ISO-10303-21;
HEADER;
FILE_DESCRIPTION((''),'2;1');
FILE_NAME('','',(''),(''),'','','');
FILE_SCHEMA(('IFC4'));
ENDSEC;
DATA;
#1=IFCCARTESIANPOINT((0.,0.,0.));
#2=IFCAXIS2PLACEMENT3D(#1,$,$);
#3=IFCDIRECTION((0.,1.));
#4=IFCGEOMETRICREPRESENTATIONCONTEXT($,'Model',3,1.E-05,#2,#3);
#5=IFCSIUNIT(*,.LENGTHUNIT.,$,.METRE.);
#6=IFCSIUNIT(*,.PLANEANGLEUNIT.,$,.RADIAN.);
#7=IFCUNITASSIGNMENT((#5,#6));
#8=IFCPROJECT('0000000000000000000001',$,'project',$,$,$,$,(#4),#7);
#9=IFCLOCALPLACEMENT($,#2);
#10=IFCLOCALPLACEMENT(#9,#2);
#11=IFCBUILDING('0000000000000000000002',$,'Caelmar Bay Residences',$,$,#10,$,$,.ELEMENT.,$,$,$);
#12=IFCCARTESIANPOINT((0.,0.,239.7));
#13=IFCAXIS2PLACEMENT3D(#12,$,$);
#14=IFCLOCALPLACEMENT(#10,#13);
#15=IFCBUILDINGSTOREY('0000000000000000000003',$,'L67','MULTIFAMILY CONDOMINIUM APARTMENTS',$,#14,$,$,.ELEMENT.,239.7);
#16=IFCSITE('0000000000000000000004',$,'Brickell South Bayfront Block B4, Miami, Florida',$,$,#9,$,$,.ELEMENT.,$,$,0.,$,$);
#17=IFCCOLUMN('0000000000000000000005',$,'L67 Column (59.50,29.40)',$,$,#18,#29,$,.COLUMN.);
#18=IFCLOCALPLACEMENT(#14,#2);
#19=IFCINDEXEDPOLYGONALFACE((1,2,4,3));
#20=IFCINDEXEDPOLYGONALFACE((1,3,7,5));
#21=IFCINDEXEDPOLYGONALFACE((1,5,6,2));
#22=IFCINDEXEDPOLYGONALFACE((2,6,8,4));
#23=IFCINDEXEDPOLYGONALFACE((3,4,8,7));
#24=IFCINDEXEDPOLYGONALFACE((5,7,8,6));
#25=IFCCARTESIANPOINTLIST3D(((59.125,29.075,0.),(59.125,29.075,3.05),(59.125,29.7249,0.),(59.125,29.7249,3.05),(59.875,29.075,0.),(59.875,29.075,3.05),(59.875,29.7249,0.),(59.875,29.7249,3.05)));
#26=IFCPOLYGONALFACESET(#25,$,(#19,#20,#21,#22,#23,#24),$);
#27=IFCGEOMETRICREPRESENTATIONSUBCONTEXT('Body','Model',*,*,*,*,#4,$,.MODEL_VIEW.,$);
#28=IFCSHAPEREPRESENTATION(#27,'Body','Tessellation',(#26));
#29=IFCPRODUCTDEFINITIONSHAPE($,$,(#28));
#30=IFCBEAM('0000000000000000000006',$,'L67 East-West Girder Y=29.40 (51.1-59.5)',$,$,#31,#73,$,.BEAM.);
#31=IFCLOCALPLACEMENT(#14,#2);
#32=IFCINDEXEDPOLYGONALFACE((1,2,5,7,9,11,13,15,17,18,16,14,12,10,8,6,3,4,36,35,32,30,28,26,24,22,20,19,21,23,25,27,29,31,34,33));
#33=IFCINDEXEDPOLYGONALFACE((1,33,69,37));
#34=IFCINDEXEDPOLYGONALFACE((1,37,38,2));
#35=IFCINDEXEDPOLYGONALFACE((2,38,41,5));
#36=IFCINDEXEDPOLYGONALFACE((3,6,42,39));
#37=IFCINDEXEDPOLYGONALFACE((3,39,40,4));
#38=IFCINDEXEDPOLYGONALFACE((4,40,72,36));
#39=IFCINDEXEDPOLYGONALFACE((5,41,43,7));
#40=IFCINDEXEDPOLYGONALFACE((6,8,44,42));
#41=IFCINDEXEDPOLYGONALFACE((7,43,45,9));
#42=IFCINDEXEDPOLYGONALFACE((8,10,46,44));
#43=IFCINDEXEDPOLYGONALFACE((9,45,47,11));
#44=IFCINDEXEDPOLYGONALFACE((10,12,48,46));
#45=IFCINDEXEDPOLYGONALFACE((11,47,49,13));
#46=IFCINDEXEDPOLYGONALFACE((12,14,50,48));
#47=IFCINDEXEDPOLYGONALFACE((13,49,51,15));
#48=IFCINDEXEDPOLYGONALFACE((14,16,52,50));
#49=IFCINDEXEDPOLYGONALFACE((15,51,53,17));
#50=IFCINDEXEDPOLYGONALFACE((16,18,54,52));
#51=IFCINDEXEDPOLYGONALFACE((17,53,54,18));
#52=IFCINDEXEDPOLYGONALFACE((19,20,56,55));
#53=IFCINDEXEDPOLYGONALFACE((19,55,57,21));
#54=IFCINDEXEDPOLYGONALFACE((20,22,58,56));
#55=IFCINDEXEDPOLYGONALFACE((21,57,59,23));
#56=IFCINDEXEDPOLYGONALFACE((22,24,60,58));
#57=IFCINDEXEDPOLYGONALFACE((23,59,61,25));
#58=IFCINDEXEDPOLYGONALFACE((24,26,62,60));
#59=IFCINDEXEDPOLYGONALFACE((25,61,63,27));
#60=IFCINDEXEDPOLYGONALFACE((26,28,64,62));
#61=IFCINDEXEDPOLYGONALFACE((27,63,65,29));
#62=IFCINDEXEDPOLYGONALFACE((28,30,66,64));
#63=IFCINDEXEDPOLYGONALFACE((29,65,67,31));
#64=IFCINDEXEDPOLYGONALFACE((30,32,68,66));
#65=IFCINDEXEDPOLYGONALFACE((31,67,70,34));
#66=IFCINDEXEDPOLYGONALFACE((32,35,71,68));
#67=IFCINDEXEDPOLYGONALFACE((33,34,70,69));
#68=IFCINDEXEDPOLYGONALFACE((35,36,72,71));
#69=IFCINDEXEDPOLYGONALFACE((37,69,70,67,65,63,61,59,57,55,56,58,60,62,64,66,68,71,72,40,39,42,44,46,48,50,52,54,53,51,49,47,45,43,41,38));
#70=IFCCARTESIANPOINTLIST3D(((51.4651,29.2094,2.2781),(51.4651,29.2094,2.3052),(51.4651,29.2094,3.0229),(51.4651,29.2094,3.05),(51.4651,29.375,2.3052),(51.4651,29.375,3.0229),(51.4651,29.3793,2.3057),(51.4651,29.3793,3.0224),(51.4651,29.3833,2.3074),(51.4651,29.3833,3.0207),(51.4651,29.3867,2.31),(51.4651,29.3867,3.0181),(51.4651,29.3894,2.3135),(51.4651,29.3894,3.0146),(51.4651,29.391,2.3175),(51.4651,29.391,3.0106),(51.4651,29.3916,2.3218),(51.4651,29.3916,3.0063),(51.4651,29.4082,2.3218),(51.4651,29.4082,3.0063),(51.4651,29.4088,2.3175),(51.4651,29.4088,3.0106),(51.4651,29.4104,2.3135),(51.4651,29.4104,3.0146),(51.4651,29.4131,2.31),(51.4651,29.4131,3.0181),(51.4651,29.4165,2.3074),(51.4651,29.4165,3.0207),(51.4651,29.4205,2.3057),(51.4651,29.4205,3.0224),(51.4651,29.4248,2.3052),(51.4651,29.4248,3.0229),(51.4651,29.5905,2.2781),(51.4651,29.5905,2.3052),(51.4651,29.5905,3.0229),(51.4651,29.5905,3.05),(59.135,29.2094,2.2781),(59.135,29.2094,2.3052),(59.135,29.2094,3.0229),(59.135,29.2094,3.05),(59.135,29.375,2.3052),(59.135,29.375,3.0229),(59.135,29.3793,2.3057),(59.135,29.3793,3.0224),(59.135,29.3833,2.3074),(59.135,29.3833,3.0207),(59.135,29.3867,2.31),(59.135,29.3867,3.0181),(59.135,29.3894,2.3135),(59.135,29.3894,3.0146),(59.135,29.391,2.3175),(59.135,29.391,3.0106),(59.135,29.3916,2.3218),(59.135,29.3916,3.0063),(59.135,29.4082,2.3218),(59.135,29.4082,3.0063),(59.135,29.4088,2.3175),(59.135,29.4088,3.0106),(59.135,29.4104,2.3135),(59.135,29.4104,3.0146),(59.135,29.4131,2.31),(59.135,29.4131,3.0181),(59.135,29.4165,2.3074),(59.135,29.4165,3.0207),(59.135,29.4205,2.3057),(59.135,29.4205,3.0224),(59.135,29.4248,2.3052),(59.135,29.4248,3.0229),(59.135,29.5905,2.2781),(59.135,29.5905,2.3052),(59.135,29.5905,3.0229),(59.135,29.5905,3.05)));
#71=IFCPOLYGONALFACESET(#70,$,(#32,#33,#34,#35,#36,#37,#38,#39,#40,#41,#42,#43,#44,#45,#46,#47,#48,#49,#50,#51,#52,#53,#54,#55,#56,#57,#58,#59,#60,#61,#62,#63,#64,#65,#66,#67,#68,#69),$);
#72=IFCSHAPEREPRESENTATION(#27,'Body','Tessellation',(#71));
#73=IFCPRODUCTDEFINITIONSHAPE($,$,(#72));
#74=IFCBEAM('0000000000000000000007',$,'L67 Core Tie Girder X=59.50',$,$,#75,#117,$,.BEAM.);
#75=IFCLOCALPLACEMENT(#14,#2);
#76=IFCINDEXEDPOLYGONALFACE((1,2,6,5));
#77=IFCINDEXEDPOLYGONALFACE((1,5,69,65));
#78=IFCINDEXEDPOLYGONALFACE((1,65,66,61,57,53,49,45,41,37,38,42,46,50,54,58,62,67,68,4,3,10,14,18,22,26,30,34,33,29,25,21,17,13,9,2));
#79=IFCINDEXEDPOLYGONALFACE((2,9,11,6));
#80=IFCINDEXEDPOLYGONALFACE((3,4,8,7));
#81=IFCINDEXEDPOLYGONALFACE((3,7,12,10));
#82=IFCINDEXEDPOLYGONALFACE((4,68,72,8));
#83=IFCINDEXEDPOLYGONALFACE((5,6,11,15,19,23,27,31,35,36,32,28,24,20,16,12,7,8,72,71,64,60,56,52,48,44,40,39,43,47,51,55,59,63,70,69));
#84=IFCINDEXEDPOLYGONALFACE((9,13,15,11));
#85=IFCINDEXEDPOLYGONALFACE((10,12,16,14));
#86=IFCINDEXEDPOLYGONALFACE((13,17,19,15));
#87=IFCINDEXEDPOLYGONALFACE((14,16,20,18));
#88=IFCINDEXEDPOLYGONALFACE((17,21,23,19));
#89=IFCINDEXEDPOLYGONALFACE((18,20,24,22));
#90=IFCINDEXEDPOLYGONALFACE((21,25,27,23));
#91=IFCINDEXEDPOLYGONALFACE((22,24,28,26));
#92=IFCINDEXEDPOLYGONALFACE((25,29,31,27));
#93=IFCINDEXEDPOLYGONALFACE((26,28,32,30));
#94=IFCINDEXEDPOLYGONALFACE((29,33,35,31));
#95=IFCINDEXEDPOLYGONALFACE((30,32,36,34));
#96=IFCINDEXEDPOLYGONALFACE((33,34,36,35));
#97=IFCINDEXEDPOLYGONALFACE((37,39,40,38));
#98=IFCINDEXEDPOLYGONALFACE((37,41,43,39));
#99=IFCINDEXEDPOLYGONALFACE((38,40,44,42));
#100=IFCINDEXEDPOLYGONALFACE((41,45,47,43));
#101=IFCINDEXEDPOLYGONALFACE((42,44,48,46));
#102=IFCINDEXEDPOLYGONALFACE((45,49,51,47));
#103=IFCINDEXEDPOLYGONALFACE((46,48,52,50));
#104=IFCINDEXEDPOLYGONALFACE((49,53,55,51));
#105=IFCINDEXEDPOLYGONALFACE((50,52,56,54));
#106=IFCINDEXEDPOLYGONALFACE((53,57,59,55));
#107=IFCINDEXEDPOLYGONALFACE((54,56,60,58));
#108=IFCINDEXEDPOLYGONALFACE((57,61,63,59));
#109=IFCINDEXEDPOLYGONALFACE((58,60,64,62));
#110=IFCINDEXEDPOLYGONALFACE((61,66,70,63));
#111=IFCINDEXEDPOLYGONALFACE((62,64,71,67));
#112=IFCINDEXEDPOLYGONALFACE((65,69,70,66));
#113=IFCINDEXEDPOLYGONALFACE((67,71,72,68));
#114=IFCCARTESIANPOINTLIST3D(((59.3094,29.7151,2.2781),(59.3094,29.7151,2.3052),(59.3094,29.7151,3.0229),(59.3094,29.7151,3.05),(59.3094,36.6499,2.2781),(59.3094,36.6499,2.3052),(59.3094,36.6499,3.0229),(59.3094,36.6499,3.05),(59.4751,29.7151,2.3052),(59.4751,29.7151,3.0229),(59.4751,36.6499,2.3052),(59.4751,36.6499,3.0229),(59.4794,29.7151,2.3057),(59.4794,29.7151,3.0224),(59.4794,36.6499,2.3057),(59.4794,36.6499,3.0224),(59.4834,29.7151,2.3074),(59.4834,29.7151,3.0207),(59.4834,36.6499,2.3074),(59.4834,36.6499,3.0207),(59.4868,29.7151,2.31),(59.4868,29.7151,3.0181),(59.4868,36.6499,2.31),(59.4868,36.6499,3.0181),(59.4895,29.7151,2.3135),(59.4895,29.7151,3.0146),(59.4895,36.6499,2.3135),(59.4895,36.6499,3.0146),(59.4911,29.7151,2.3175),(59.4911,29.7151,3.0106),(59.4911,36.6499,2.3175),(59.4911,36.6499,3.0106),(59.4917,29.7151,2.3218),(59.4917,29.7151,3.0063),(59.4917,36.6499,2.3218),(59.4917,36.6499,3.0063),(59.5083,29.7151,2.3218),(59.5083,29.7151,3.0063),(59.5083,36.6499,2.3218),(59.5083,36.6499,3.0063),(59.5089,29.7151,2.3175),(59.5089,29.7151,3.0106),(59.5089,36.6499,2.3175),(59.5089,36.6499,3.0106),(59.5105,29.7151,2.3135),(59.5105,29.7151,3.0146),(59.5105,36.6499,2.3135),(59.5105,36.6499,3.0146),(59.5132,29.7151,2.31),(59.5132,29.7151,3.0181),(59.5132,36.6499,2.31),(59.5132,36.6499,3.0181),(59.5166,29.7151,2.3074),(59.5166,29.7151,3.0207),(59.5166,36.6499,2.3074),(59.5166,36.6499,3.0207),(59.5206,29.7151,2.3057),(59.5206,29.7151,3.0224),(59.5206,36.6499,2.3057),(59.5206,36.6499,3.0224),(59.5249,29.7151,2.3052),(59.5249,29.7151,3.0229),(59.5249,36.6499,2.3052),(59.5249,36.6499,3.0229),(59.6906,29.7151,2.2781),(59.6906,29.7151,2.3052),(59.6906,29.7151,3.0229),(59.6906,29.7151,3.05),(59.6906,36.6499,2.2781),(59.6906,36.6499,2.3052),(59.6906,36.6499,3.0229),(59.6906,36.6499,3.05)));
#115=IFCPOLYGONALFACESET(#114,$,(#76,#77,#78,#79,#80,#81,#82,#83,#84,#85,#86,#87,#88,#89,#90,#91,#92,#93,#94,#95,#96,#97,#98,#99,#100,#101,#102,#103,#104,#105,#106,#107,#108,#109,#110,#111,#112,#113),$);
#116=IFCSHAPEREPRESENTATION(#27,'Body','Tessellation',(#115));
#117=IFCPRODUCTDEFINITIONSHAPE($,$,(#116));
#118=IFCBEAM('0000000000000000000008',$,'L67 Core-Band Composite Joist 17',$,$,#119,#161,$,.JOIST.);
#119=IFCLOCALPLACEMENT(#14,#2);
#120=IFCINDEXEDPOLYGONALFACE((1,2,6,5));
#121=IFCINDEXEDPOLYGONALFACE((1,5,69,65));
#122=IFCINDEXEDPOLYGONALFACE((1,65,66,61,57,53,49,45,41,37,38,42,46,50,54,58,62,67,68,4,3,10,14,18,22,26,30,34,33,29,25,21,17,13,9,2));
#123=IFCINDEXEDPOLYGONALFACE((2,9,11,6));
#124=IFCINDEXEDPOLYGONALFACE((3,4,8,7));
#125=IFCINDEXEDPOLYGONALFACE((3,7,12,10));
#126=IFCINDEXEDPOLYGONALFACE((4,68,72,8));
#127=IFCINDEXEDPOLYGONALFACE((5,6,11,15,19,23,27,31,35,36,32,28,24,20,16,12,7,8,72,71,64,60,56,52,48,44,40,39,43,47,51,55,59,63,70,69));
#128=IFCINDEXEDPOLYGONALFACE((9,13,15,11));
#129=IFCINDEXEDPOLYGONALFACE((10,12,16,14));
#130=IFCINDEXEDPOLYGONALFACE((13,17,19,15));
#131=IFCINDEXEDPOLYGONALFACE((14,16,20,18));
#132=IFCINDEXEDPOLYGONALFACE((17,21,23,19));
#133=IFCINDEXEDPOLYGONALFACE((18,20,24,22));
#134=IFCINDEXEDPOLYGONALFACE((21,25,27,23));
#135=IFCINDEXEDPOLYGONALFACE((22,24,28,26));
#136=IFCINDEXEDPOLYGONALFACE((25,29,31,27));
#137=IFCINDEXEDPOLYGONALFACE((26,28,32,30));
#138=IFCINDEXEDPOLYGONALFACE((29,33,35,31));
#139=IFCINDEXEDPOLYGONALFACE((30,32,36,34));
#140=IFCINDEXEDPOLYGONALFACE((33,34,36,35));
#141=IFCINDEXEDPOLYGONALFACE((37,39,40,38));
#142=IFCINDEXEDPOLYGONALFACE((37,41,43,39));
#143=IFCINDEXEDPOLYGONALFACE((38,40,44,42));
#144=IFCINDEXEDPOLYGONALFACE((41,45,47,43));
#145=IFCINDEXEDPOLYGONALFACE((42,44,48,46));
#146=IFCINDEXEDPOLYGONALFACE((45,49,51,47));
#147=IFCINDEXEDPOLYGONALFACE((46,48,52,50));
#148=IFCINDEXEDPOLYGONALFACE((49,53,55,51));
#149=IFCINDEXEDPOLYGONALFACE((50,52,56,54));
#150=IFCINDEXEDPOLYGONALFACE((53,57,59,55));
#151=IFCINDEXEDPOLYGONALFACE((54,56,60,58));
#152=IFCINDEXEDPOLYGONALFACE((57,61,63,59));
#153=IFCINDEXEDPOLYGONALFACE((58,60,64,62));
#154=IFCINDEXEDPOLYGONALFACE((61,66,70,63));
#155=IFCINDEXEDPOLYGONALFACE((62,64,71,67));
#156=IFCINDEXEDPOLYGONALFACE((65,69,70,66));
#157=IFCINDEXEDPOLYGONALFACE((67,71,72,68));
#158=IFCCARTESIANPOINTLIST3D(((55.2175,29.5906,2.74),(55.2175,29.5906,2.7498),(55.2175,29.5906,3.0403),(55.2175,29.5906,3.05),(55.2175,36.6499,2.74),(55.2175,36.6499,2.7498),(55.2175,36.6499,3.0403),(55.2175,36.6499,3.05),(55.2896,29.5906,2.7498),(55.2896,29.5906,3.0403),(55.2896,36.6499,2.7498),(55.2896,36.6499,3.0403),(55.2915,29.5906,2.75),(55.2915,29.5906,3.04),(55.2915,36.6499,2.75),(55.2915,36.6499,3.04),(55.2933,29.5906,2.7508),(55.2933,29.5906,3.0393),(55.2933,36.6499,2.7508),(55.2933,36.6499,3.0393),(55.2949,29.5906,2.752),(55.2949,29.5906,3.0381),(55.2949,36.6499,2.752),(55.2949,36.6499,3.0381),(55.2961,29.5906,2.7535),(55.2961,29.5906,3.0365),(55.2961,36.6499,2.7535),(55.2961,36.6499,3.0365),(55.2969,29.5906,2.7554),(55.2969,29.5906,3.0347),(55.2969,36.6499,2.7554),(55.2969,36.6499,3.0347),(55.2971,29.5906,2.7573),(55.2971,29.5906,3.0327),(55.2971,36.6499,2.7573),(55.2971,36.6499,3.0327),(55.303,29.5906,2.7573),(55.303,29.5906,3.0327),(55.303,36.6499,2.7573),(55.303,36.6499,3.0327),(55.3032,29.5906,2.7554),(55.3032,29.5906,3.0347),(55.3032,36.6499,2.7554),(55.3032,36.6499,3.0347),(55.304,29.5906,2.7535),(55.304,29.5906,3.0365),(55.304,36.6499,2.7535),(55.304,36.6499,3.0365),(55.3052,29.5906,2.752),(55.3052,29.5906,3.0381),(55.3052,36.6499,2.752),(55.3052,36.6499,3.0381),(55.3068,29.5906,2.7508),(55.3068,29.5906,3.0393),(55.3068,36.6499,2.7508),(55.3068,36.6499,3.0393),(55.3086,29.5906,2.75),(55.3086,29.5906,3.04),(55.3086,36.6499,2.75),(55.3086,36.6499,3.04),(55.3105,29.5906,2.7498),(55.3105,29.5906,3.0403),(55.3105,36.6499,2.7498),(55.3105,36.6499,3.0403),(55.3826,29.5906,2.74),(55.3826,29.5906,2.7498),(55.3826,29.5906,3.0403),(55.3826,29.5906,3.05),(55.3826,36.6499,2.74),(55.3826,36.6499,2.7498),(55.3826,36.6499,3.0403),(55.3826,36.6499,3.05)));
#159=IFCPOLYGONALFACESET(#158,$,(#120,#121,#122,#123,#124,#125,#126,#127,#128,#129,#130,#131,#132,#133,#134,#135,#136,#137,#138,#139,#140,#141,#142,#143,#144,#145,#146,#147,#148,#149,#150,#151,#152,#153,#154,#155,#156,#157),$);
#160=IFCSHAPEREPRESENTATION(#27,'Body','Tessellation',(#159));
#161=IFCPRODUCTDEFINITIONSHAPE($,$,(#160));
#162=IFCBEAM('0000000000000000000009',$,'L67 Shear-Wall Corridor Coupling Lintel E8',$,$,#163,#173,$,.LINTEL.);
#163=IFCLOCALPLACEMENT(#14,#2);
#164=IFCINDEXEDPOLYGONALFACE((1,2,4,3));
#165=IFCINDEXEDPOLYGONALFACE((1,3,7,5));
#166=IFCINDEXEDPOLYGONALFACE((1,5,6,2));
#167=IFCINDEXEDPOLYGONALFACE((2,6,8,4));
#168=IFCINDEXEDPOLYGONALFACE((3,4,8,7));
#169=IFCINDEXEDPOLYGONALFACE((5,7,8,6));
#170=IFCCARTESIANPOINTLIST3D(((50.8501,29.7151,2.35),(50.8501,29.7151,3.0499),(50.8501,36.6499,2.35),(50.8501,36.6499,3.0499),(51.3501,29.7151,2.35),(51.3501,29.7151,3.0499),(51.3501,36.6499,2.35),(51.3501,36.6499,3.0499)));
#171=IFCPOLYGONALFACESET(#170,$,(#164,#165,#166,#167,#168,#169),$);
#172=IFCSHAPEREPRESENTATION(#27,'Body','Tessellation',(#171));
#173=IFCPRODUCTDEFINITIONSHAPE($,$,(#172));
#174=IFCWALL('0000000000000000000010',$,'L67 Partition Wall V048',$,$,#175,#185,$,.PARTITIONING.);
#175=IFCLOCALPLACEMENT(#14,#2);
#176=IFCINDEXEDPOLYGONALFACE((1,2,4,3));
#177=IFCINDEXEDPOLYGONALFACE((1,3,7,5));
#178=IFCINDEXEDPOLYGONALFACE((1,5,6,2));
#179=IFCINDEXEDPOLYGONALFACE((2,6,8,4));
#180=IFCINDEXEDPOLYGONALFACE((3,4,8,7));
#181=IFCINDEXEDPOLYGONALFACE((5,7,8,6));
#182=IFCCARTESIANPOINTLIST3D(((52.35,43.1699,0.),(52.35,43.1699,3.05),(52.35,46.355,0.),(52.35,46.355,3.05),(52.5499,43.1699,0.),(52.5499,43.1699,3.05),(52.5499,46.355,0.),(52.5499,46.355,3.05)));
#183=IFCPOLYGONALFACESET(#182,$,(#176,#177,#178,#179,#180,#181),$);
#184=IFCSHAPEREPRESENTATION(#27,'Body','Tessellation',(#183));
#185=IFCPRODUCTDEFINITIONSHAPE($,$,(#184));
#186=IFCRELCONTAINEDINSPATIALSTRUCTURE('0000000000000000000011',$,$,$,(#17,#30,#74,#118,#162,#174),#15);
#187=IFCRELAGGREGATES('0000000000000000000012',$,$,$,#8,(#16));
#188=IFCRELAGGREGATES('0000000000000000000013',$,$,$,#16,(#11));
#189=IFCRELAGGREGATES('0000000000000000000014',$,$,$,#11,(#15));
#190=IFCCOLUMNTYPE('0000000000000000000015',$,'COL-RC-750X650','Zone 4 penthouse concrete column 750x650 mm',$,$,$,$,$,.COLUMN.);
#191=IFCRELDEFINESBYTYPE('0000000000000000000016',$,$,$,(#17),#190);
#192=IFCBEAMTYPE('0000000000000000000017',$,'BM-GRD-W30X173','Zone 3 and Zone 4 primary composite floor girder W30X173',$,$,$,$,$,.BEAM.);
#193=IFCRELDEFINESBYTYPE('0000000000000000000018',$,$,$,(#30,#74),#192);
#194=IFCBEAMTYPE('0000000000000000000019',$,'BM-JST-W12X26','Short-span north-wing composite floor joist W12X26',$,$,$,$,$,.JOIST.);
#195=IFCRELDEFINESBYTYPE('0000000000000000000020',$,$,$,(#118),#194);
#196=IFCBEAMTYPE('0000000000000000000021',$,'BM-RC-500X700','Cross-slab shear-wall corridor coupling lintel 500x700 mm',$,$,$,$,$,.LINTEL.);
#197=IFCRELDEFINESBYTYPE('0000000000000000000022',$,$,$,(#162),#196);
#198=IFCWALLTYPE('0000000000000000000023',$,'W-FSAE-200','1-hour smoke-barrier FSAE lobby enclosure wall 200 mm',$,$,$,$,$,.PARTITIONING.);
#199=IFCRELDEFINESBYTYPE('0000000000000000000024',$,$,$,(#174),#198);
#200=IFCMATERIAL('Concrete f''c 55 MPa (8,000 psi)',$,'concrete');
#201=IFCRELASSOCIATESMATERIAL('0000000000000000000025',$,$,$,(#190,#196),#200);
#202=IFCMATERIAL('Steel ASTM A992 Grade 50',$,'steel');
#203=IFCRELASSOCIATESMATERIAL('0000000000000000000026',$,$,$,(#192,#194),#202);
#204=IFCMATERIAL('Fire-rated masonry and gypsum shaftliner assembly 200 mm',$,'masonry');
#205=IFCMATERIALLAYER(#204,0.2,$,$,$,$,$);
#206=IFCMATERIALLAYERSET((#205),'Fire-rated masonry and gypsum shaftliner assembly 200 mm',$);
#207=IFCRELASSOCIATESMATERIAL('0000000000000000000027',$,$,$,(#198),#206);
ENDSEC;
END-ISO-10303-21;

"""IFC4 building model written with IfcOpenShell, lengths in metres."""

from ifc_helpers import new_model, si_unit, direction, frame, frame_2d, origin, origin_2d, place, context, subcontext, project, spatial, rectangle, i_section, extrude, material, layer, layer_set, material_profile, profile_set, type_object, element, save


model = new_model("IFC4")

# Units and contexts
model_context = context("Model", 3, precision=1e-05, world=origin(), true_north=direction((0.0, 1.0)))
body_context = subcontext(model_context, "Body", "Model", "MODEL_VIEW")
ifc_project = project(units=[si_unit("LENGTHUNIT", "METRE"), si_unit("PLANEANGLEUNIT", "RADIAN")], contexts=[model_context])

# Site, building, storey
site_placement = place(None, origin())
site = spatial("IfcSite", under=ifc_project, at=site_placement, Name="Brickell South Bayfront Block B4, Miami, Florida", CompositionType="ELEMENT", RefElevation=0.0)
building_placement = place(site_placement, origin())
building = spatial("IfcBuilding", under=site, at=building_placement, Name="Caelmar Bay Residences", CompositionType="ELEMENT")
storey_placement = place(building_placement, frame((0.0, 0.0, 239.7)))
storey = spatial("IfcBuildingStorey", under=building, at=storey_placement, Name="L67", Description="MULTIFAMILY CONDOMINIUM APARTMENTS", CompositionType="ELEMENT", Elevation=239.7)

# Column
ifc_material_1 = material(Name="Concrete f'c 55 MPa (8,000 psi)", Category="concrete")
ifc_material_profile_1 = material_profile(ifc_material_1, rectangle(XDim=0.75, YDim=0.6499, at=origin_2d()), Name="RC-COL-750X650")
ifc_profile_set_1 = profile_set([ifc_material_profile_1], Name="Concrete f'c 55 MPa (8,000 psi)")
column_type = type_object("IfcColumnType", Name="COL-RC-750X650", Description="Zone 4 penthouse concrete column 750x650 mm", PredefinedType="COLUMN", material=ifc_profile_set_1)
column_placement = place(storey_placement, frame((59.5, 29.3999, 0.0), z_axis=(0.0, 0.0, 1.0), x_axis=(1.0, 0.0, 0.0)))
element("IfcColumn", 1, at=column_placement, inside=storey, type_object=column_type, Name="L67 Column (59.50,29.40)", PredefinedType="COLUMN", context=body_context, shape_type="SweptSolid", body=[
    extrude(rectangle(XDim=0.75, YDim=0.6499, at=origin_2d()), origin(), (0.0, 0.0, 1.0), 3.05),
])

# Beams
ifc_material_2 = material(Name="Steel ASTM A992 Grade 50", Category="steel")
ifc_material_profile_2 = material_profile(ifc_material_2, i_section(OverallWidth=0.3811, OverallDepth=0.772, WebThickness=0.0166, FlangeThickness=0.0271, FilletRadius=0.0166, at=origin_2d()), Name="W30X173")
ifc_profile_set_2 = profile_set([ifc_material_profile_2], Name="Steel ASTM A992 Grade 50")
beam_type_1 = type_object("IfcBeamType", Name="BM-GRD-W30X173", Description="Zone 3 and Zone 4 primary composite floor girder W30X173", PredefinedType="BEAM", material=ifc_profile_set_2)
beam_1_placement = place(storey_placement, frame((51.4651, 29.3999, 2.6641), z_axis=(1.0, 0.0, 0.0), x_axis=(0.0, 1.0, 0.0)))
element("IfcBeam", 2, at=beam_1_placement, inside=storey, type_object=beam_type_1, Name="L67 East-West Girder Y=29.40 (51.1-59.5)", PredefinedType="BEAM", context=body_context, shape_type="SweptSolid", body=[
    extrude(i_section(OverallWidth=0.3811, OverallDepth=0.772, WebThickness=0.0166, FlangeThickness=0.0271, FilletRadius=0.0166, at=origin_2d()), origin(), (0.0, 0.0, 1.0), 7.6699),
])
beam_2_placement = place(storey_placement, frame((59.5, 29.7151, 2.6641), z_axis=(0.0, 1.0, 0.0), x_axis=(-1.0, 0.0, 0.0)))
element("IfcBeam", 3, at=beam_2_placement, inside=storey, type_object=beam_type_1, Name="L67 Core Tie Girder X=59.50", PredefinedType="BEAM", context=body_context, shape_type="SweptSolid", body=[
    extrude(i_section(OverallWidth=0.3811, OverallDepth=0.772, WebThickness=0.0166, FlangeThickness=0.0271, FilletRadius=0.0166, at=origin_2d()), origin(), (0.0, 0.0, 1.0), 6.9348),
])
ifc_material_profile_3 = material_profile(ifc_material_2, i_section(OverallWidth=0.165, OverallDepth=0.3101, WebThickness=0.0059, FlangeThickness=0.0098, FilletRadius=0.0076, at=origin_2d()), Name="W12X26")
ifc_profile_set_3 = profile_set([ifc_material_profile_3], Name="Steel ASTM A992 Grade 50")
beam_type_2 = type_object("IfcBeamType", Name="BM-JST-W12X26", Description="Short-span north-wing composite floor joist W12X26", PredefinedType="JOIST", material=ifc_profile_set_3)
beam_3_placement = place(storey_placement, frame((55.3, 29.5906, 2.895), z_axis=(0.0, 1.0, 0.0), x_axis=(-1.0, 0.0, 0.0)))
element("IfcBeam", 4, at=beam_3_placement, inside=storey, type_object=beam_type_2, Name="L67 Core-Band Composite Joist 17", PredefinedType="JOIST", context=body_context, shape_type="SweptSolid", body=[
    extrude(i_section(OverallWidth=0.165, OverallDepth=0.3101, WebThickness=0.0059, FlangeThickness=0.0098, FilletRadius=0.0076, at=origin_2d()), origin(), (0.0, 0.0, 1.0), 7.0593),
])
ifc_material_profile_4 = material_profile(ifc_material_1, rectangle(XDim=0.5, YDim=0.7, at=origin_2d()), Name="RC-BM-500X700")
ifc_profile_set_4 = profile_set([ifc_material_profile_4], Name="Concrete f'c 55 MPa (8,000 psi)")
beam_type_3 = type_object("IfcBeamType", Name="BM-RC-500X700", Description="Cross-slab shear-wall corridor coupling lintel 500x700 mm", PredefinedType="LINTEL", material=ifc_profile_set_4)
beam_4_placement = place(storey_placement, frame((51.1001, 29.7151, 2.7), z_axis=(0.0, 1.0, 0.0), x_axis=(-1.0, 0.0, 0.0)))
element("IfcBeam", 5, at=beam_4_placement, inside=storey, type_object=beam_type_3, Name="L67 Shear-Wall Corridor Coupling Lintel E8", PredefinedType="LINTEL", context=body_context, shape_type="SweptSolid", body=[
    extrude(rectangle(XDim=0.5, YDim=0.7, at=origin_2d()), origin(), (0.0, 0.0, 1.0), 6.9348),
])

# Wall
ifc_material_3 = material(Name="Fire-rated masonry and gypsum shaftliner assembly 200 mm", Category="masonry")
ifc_layer_1 = layer(ifc_material_3, 0.2)
ifc_layer_set_1 = layer_set([ifc_layer_1], Name="Fire-rated masonry and gypsum shaftliner assembly 200 mm")
wall_type_1 = type_object("IfcWallType", Name="W-FSAE-200", Description="1-hour smoke-barrier FSAE lobby enclosure wall 200 mm", PredefinedType="PARTITIONING", material=ifc_layer_set_1)
wall_1_placement = place(storey_placement, frame((52.45, 43.1699, 0.0), z_axis=(0.0, 0.0, 1.0), x_axis=(0.0, 1.0, 0.0)))
element("IfcWall", 6, at=wall_1_placement, inside=storey, type_object=wall_type_1, Name="L67 Partition Wall V048", PredefinedType="PARTITIONING", context=body_context, shape_type="SweptSolid", body=[
    extrude(rectangle(XDim=3.1851, YDim=0.2, at=frame_2d((1.5925, 0.0))), origin(), (0.0, 0.0, 1.0), 3.05),
])

save(model, "model.ifc")
